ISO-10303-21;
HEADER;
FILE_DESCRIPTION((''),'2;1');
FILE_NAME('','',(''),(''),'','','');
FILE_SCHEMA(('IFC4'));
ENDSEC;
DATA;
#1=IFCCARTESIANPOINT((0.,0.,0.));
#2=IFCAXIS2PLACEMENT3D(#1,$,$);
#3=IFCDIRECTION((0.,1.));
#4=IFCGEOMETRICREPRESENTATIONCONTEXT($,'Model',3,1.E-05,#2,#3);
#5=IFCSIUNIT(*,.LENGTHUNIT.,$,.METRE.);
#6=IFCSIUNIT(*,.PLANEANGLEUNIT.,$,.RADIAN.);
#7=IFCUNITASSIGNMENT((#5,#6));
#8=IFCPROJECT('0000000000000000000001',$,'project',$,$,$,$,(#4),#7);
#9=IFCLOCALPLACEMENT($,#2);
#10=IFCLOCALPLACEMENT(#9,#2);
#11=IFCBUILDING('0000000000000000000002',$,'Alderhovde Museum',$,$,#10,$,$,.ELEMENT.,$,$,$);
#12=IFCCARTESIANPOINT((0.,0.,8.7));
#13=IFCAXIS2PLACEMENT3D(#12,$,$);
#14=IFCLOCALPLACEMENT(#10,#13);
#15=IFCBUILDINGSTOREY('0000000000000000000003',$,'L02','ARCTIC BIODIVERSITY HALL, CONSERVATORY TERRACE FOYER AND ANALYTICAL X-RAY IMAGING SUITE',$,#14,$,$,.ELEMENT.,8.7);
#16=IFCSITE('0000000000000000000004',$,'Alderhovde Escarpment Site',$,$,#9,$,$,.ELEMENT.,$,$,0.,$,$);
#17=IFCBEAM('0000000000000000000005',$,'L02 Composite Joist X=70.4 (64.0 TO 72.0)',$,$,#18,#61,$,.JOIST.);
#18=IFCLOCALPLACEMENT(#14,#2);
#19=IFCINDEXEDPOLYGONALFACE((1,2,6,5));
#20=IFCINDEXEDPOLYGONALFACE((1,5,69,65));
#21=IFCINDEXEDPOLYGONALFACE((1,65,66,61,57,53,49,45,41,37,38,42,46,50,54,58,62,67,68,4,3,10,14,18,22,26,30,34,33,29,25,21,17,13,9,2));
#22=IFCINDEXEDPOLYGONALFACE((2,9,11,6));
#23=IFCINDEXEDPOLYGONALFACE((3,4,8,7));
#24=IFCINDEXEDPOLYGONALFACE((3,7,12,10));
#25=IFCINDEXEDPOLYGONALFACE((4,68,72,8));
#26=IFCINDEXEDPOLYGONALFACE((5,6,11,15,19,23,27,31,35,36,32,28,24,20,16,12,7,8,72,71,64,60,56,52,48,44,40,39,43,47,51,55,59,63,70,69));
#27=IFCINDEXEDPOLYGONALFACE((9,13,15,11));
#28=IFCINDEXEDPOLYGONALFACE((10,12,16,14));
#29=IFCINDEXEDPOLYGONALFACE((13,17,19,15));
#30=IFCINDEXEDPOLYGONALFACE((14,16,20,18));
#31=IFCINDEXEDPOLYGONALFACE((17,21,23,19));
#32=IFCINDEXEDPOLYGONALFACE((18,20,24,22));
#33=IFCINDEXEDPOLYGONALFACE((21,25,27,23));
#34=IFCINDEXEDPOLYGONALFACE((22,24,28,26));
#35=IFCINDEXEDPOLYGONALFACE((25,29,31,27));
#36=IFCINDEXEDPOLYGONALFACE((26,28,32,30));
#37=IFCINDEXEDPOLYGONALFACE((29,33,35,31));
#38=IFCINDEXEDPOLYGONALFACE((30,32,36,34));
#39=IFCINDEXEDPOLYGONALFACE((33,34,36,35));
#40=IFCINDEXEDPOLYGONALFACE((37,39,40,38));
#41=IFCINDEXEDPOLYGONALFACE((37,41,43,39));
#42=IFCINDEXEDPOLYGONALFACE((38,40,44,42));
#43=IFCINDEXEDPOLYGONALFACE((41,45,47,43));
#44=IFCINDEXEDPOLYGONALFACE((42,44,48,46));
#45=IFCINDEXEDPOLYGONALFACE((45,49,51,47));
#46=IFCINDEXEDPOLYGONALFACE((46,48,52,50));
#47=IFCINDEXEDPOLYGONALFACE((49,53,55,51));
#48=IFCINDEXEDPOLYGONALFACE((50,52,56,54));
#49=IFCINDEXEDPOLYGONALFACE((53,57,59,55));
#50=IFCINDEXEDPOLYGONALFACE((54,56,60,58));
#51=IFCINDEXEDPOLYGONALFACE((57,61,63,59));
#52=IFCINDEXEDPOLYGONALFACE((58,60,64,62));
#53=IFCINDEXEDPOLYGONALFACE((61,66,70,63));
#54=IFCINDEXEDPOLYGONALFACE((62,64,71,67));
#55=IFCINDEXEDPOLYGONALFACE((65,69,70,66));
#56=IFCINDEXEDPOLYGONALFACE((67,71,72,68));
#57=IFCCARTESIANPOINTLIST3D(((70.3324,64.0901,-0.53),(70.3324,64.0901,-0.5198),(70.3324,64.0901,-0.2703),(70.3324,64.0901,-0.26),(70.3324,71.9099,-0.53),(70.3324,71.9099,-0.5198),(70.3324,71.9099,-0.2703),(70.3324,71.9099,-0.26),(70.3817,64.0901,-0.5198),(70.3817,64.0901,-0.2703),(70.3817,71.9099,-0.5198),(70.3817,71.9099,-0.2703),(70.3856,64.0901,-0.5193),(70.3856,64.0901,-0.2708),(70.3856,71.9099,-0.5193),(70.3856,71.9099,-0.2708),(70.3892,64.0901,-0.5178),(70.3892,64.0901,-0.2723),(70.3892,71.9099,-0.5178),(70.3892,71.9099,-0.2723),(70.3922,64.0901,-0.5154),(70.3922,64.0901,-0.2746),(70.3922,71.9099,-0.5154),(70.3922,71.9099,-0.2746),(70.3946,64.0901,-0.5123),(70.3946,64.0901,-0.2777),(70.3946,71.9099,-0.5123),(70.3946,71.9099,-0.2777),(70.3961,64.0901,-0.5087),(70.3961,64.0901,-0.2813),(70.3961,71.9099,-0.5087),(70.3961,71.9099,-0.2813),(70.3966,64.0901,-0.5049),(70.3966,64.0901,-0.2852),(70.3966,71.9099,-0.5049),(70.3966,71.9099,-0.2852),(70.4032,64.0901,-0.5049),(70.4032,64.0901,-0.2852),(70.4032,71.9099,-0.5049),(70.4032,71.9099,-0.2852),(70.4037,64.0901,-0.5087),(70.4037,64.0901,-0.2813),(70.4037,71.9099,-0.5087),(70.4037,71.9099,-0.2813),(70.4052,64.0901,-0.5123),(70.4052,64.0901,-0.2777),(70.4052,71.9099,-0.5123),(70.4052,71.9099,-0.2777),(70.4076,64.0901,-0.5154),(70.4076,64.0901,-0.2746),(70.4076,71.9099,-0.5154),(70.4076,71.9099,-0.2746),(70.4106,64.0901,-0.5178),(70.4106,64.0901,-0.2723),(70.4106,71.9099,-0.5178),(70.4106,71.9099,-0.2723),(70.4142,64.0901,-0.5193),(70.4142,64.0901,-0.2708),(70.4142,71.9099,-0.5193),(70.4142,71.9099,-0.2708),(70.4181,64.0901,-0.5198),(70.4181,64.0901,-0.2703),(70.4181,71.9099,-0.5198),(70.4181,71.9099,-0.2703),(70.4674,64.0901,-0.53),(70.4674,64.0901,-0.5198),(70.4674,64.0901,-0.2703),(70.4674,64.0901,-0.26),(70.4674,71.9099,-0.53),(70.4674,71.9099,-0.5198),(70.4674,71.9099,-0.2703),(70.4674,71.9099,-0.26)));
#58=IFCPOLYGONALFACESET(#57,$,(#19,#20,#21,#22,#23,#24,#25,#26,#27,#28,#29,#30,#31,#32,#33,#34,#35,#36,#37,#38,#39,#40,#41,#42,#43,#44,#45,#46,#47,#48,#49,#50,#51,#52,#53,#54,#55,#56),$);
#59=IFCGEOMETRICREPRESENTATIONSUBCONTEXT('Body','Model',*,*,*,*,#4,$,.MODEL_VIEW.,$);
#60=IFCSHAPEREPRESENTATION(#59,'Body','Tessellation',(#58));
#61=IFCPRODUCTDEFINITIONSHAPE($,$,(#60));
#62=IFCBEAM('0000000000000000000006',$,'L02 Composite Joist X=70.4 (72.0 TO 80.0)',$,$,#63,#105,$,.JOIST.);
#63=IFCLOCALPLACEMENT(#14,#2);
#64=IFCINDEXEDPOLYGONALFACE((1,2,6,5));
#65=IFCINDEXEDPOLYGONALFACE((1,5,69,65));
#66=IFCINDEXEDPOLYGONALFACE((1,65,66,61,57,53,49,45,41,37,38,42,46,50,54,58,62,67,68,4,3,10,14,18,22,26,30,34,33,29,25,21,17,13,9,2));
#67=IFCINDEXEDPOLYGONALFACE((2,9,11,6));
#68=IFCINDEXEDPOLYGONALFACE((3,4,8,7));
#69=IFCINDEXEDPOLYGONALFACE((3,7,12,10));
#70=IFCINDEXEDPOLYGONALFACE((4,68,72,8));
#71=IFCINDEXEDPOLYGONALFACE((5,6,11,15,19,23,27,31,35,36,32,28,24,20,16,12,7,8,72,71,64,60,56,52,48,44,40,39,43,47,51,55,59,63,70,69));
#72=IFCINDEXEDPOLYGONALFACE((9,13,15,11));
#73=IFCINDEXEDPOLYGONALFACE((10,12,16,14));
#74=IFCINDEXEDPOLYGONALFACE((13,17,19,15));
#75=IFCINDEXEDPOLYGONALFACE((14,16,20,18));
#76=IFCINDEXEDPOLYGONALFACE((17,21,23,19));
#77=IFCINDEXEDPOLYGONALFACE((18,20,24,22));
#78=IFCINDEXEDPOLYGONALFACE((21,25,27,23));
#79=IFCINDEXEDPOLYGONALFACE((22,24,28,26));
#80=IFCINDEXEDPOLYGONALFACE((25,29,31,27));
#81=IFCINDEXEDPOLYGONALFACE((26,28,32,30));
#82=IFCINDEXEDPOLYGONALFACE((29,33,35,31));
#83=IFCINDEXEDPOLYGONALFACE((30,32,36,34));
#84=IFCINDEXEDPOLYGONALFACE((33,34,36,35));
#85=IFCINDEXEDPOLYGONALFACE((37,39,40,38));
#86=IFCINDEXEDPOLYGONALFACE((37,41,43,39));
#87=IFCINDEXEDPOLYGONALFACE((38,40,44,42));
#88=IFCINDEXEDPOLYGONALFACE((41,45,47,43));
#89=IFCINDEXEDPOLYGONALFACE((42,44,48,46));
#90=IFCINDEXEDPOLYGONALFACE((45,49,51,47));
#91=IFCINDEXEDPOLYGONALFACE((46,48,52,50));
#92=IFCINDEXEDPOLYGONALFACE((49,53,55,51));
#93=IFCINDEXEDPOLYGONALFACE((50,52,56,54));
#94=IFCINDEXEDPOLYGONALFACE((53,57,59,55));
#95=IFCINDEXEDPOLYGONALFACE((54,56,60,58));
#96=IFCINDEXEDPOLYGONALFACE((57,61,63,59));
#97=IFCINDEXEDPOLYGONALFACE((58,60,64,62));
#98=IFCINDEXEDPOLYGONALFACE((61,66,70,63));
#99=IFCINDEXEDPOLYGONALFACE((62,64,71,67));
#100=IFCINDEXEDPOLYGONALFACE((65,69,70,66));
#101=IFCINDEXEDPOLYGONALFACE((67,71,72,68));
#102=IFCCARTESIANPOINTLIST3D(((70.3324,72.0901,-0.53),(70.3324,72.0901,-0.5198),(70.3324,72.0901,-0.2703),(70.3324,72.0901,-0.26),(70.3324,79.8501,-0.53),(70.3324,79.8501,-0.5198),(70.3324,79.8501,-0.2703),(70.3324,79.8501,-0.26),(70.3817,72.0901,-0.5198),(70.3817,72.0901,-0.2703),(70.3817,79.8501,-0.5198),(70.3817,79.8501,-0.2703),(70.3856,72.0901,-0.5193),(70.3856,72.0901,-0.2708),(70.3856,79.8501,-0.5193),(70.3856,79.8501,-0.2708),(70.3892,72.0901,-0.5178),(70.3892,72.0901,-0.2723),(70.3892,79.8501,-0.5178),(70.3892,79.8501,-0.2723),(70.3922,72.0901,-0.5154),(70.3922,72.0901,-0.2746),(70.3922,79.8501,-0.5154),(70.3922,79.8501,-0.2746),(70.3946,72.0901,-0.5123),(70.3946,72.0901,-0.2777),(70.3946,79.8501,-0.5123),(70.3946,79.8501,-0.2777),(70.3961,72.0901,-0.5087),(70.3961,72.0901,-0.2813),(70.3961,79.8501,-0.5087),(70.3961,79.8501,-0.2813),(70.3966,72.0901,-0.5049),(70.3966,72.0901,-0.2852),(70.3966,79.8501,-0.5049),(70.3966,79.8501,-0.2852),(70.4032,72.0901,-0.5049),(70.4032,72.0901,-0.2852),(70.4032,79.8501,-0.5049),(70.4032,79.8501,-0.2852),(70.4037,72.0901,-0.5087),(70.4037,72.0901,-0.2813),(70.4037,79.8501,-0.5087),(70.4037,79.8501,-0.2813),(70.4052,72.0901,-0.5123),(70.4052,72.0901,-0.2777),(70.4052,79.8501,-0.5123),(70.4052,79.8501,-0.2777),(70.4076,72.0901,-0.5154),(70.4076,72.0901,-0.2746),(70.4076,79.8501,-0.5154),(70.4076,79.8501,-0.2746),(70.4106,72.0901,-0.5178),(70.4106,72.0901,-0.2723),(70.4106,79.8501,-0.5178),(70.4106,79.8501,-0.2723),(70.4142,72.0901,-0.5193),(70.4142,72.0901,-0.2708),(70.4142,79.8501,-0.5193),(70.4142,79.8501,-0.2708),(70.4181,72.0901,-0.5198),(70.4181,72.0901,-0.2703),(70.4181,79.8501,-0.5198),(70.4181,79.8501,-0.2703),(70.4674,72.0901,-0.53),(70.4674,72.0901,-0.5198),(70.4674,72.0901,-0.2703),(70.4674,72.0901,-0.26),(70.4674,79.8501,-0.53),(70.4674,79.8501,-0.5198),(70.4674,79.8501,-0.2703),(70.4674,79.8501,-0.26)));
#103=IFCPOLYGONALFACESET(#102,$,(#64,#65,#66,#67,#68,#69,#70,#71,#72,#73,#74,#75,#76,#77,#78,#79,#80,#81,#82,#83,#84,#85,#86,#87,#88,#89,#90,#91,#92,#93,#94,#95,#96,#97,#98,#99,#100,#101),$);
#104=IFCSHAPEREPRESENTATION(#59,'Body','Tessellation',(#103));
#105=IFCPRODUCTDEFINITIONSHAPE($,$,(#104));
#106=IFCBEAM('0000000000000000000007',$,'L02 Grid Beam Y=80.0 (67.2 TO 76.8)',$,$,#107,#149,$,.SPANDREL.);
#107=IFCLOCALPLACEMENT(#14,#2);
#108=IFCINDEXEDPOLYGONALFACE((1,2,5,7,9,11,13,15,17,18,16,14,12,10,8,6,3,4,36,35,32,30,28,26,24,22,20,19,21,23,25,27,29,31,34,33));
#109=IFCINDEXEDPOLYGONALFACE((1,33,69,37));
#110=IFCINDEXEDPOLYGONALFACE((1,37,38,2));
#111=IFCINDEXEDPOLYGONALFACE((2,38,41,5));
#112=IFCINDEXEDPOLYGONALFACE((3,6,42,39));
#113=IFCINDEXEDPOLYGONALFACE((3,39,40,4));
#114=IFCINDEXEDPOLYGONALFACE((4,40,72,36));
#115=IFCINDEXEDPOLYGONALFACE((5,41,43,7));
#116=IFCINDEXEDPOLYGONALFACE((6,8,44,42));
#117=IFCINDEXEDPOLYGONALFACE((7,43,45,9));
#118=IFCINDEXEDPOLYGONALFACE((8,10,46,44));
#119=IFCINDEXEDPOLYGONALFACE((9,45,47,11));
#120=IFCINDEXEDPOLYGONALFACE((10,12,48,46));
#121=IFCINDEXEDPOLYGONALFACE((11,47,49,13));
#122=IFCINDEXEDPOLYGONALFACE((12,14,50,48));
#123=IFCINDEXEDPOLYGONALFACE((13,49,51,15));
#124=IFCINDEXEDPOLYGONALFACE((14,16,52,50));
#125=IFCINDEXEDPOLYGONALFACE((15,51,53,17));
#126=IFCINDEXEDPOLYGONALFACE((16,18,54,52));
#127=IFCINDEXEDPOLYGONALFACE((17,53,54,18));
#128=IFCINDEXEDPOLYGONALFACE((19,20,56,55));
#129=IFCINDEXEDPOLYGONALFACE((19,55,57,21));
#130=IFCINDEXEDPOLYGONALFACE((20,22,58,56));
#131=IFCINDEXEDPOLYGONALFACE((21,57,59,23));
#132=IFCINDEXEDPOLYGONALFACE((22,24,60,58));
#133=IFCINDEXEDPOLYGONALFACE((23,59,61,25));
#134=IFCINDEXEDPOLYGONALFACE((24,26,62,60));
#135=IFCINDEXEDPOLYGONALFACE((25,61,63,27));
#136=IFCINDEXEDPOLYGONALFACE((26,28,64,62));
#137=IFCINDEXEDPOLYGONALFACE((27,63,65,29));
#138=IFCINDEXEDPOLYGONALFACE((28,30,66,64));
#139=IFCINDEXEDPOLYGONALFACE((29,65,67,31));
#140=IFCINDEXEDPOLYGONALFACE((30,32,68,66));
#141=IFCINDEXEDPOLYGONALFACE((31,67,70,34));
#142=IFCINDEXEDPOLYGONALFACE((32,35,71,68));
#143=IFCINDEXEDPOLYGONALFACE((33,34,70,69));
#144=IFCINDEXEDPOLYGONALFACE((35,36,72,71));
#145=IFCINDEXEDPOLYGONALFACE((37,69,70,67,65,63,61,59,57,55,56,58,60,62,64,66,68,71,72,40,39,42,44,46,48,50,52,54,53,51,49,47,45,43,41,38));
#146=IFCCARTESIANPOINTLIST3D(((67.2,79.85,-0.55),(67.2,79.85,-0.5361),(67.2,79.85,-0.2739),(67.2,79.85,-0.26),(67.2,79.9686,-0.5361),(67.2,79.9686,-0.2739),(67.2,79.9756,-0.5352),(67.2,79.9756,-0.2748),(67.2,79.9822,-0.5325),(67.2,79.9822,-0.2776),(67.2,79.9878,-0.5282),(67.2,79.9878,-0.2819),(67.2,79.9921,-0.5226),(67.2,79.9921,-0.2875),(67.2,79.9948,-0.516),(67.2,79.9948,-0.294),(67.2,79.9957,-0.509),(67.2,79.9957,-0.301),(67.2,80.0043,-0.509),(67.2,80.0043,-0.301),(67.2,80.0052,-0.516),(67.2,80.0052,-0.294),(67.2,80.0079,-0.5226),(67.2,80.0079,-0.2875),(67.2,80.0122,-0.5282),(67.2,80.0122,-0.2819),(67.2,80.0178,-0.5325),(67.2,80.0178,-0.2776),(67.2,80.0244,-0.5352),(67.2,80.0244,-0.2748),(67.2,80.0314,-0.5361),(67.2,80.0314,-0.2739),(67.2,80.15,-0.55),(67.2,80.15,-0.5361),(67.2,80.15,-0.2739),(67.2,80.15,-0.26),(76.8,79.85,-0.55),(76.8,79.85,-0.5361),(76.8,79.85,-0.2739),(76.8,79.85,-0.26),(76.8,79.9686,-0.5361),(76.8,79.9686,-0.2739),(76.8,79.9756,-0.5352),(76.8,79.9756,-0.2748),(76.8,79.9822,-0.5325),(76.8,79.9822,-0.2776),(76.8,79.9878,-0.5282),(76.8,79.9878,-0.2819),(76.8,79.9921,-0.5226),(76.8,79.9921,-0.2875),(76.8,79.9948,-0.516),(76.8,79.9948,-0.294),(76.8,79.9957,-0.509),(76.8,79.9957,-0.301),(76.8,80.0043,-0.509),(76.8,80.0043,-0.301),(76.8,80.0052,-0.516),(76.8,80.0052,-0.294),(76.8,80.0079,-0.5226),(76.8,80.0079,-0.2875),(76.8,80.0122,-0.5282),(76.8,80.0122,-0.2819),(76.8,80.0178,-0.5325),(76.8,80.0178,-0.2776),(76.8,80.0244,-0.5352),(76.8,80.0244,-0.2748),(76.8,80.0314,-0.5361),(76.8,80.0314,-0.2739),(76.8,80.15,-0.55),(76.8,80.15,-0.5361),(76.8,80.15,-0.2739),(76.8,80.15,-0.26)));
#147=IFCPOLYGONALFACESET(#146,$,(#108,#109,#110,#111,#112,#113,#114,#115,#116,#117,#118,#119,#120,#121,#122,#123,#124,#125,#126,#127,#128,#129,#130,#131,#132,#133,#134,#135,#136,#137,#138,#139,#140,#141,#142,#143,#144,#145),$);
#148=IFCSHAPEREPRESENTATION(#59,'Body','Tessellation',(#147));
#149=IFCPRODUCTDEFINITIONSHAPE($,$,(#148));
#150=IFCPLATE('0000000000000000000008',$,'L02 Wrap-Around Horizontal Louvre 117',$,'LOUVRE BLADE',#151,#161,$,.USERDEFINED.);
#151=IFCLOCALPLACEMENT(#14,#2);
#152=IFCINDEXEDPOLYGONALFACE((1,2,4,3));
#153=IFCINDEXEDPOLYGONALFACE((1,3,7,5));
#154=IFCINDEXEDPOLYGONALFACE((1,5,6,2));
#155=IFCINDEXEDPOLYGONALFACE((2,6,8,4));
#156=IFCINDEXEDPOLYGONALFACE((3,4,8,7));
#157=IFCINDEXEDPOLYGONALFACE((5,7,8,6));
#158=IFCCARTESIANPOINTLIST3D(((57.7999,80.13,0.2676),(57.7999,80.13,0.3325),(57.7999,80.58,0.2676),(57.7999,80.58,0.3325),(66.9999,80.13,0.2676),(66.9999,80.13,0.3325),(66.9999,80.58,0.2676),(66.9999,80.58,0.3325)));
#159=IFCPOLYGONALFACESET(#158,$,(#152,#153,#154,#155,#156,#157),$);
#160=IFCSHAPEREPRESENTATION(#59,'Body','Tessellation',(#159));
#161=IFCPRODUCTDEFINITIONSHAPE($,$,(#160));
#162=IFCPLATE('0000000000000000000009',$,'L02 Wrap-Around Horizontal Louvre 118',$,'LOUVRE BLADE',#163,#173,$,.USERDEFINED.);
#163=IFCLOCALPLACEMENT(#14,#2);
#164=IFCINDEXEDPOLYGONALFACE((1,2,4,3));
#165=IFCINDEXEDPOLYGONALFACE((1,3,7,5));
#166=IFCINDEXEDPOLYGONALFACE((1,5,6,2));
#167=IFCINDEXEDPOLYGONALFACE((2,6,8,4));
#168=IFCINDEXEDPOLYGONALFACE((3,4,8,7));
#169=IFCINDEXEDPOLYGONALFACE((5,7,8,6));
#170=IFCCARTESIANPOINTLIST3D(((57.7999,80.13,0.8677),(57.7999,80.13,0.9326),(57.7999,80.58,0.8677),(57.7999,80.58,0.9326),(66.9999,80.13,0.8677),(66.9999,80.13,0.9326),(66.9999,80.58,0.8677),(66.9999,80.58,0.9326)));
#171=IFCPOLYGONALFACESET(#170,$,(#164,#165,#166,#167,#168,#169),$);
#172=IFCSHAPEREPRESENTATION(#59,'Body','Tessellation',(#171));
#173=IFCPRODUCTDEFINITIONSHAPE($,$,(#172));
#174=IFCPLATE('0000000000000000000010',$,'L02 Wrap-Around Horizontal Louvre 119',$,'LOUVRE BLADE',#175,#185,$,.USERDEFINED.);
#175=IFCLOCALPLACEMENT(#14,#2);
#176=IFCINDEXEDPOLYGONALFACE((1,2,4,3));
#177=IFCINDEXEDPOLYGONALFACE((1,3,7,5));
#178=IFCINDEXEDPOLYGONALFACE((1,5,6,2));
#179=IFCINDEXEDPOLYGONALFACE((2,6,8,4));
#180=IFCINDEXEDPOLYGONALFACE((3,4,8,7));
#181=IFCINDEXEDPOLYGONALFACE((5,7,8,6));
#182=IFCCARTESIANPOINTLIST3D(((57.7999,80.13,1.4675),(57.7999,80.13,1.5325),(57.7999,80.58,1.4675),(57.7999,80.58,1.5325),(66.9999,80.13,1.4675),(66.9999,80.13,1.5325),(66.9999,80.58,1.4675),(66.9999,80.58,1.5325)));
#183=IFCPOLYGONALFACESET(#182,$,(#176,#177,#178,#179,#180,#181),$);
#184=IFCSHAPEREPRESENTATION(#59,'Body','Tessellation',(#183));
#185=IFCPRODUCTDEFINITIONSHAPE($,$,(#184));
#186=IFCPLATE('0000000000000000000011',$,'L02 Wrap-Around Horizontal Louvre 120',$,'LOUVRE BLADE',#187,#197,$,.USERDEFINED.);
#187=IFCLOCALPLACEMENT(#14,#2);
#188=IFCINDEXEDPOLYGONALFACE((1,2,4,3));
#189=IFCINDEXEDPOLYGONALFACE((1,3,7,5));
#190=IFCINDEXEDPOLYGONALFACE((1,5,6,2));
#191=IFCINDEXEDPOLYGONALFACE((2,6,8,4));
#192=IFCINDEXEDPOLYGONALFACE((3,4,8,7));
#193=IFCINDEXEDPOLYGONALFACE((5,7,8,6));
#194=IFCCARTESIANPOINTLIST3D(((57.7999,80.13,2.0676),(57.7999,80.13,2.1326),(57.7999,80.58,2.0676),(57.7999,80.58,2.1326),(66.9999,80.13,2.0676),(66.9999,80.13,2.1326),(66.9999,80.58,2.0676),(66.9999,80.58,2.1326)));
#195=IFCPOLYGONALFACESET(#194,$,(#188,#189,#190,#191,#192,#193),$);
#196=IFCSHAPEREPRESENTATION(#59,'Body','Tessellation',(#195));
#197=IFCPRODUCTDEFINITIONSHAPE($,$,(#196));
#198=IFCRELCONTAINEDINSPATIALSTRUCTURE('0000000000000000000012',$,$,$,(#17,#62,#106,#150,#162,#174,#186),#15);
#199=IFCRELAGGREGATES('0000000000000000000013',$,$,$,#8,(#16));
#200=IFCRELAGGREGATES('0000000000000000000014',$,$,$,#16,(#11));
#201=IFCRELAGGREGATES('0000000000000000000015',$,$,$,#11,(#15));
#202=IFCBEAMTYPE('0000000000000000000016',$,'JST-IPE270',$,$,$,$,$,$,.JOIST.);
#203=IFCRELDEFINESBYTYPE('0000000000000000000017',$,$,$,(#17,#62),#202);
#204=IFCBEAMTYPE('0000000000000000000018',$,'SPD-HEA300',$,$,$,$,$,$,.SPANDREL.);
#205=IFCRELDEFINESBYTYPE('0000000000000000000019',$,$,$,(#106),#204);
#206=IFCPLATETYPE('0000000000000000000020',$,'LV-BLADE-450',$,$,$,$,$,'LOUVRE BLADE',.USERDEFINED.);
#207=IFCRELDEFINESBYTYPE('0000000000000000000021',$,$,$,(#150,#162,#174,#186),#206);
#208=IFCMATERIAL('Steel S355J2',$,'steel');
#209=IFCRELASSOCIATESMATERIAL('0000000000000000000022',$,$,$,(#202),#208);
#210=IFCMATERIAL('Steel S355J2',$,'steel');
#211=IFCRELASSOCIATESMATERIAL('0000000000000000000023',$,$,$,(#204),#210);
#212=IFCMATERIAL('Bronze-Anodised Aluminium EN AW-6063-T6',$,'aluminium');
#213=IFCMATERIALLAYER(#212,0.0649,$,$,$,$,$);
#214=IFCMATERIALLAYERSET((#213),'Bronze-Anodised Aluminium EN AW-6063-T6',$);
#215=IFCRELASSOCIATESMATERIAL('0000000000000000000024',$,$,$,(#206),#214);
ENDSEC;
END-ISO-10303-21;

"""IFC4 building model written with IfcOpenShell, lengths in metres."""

from ifc_helpers import new_model, si_unit, direction, frame, origin, origin_2d, place, context, subcontext, project, spatial, rectangle, i_section, extrude, material, layer, layer_set, material_profile, profile_set, type_object, element, save


model = new_model("IFC4")

# Units and contexts
model_context = context("Model", 3, precision=1e-05, world=origin(), true_north=direction((0.0, 1.0)))
body_context = subcontext(model_context, "Body", "Model", "MODEL_VIEW")
ifc_project = project(units=[si_unit("LENGTHUNIT", "METRE"), si_unit("PLANEANGLEUNIT", "RADIAN")], contexts=[model_context])

# Site, building, storey
site_placement = place(None, origin())
site = spatial("IfcSite", under=ifc_project, at=site_placement, Name="Alderhovde Escarpment Site", CompositionType="ELEMENT", RefElevation=0.0)
building_placement = place(site_placement, origin())
building = spatial("IfcBuilding", under=site, at=building_placement, Name="Alderhovde Museum", CompositionType="ELEMENT")
storey_placement = place(building_placement, frame((0.0, 0.0, 8.7)))
storey = spatial("IfcBuildingStorey", under=building, at=storey_placement, Name="L02", Description="ARCTIC BIODIVERSITY HALL, CONSERVATORY TERRACE FOYER AND ANALYTICAL X-RAY IMAGING SUITE", CompositionType="ELEMENT", Elevation=8.7)

# Beams
ifc_material_1 = material(Name="Steel S355J2", Category="steel")
ifc_material_profile_1 = material_profile(ifc_material_1, i_section(OverallWidth=0.135, OverallDepth=0.27, WebThickness=0.0066, FlangeThickness=0.0103, FilletRadius=0.0149, at=origin_2d()), Name="IPE 270")
ifc_profile_set_1 = profile_set([ifc_material_profile_1], Name="Steel S355J2")
beam_type_1 = type_object("IfcBeamType", Name="JST-IPE270", PredefinedType="JOIST", material=ifc_profile_set_1)
beam_1_placement = place(storey_placement, frame((70.3999, 64.0901, -0.395), z_axis=(0.0, 1.0, 0.0), x_axis=(-1.0, 0.0, 0.0)))
element("IfcBeam", 1, at=beam_1_placement, inside=storey, type_object=beam_type_1, Name="L02 Composite Joist X=70.4 (64.0 TO 72.0)", PredefinedType="JOIST", context=body_context, shape_type="SweptSolid", body=[
    extrude(i_section(OverallWidth=0.135, OverallDepth=0.27, WebThickness=0.0066, FlangeThickness=0.0103, FilletRadius=0.0149, at=origin_2d()), origin(), (0.0, 0.0, 1.0), 7.8198),
])
beam_2_placement = place(storey_placement, frame((70.3999, 72.0901, -0.395), z_axis=(0.0, 1.0, 0.0), x_axis=(-1.0, 0.0, 0.0)))
element("IfcBeam", 2, at=beam_2_placement, inside=storey, type_object=beam_type_1, Name="L02 Composite Joist X=70.4 (72.0 TO 80.0)", PredefinedType="JOIST", context=body_context, shape_type="SweptSolid", body=[
    extrude(i_section(OverallWidth=0.135, OverallDepth=0.27, WebThickness=0.0066, FlangeThickness=0.0103, FilletRadius=0.0149, at=origin_2d()), origin(), (0.0, 0.0, 1.0), 7.76),
])
ifc_material_2 = material(Name="Steel S355J2", Category="steel")
ifc_material_profile_2 = material_profile(ifc_material_2, i_section(OverallWidth=0.3, OverallDepth=0.29, WebThickness=0.0085, FlangeThickness=0.0139, FilletRadius=0.0271, at=origin_2d()), Name="HEA 300")
ifc_profile_set_2 = profile_set([ifc_material_profile_2], Name="Steel S355J2")
beam_type_2 = type_object("IfcBeamType", Name="SPD-HEA300", PredefinedType="SPANDREL", material=ifc_profile_set_2)
beam_3_placement = place(storey_placement, frame((67.2, 80.0, -0.405), z_axis=(1.0, 0.0, 0.0), x_axis=(0.0, 1.0, 0.0)))
element("IfcBeam", 3, at=beam_3_placement, inside=storey, type_object=beam_type_2, Name="L02 Grid Beam Y=80.0 (67.2 TO 76.8)", PredefinedType="SPANDREL", context=body_context, shape_type="SweptSolid", body=[
    extrude(i_section(OverallWidth=0.3, OverallDepth=0.29, WebThickness=0.0085, FlangeThickness=0.0139, FilletRadius=0.0271, at=origin_2d()), origin(), (0.0, 0.0, 1.0), 9.6001),
])

# Plates
ifc_material_3 = material(Name="Bronze-Anodised Aluminium EN AW-6063-T6", Category="aluminium")
ifc_layer_1 = layer(ifc_material_3, 0.0649)
ifc_layer_set_1 = layer_set([ifc_layer_1], Name="Bronze-Anodised Aluminium EN AW-6063-T6")
plate_type_1 = type_object("IfcPlateType", Name="LV-BLADE-450", ElementType="LOUVRE BLADE", PredefinedType="USERDEFINED", material=ifc_layer_set_1)
for number, where, z_axis, x_axis, name in (
    (4, (62.3999, 80.355, 0.2676), (0.0, 0.0, 1.0), (1.0, 0.0, 0.0), "L02 Wrap-Around Horizontal Louvre 117"),
    (5, (62.3999, 80.355, 0.8677), (0.0, 0.0, 1.0), (1.0, 0.0, 0.0), "L02 Wrap-Around Horizontal Louvre 118"),
    (6, (62.3999, 80.355, 1.4675), (0.0, 0.0, 1.0), (1.0, 0.0, 0.0), "L02 Wrap-Around Horizontal Louvre 119"),
    (7, (62.3999, 80.355, 2.0676), (0.0, 0.0, 1.0), (1.0, 0.0, 0.0), "L02 Wrap-Around Horizontal Louvre 120"),
):
    element("IfcPlate", number, at=place(storey_placement, frame(where, z_axis=z_axis, x_axis=x_axis)), inside=storey, type_object=plate_type_1, Name=name, ObjectType="LOUVRE BLADE", PredefinedType="USERDEFINED", context=body_context, shape_type="SweptSolid", body=[
        extrude(rectangle(XDim=9.2, YDim=0.45, at=origin_2d()), origin(), (0.0, 0.0, 1.0), 0.0649),
    ])

save(model, "model.ifc")
